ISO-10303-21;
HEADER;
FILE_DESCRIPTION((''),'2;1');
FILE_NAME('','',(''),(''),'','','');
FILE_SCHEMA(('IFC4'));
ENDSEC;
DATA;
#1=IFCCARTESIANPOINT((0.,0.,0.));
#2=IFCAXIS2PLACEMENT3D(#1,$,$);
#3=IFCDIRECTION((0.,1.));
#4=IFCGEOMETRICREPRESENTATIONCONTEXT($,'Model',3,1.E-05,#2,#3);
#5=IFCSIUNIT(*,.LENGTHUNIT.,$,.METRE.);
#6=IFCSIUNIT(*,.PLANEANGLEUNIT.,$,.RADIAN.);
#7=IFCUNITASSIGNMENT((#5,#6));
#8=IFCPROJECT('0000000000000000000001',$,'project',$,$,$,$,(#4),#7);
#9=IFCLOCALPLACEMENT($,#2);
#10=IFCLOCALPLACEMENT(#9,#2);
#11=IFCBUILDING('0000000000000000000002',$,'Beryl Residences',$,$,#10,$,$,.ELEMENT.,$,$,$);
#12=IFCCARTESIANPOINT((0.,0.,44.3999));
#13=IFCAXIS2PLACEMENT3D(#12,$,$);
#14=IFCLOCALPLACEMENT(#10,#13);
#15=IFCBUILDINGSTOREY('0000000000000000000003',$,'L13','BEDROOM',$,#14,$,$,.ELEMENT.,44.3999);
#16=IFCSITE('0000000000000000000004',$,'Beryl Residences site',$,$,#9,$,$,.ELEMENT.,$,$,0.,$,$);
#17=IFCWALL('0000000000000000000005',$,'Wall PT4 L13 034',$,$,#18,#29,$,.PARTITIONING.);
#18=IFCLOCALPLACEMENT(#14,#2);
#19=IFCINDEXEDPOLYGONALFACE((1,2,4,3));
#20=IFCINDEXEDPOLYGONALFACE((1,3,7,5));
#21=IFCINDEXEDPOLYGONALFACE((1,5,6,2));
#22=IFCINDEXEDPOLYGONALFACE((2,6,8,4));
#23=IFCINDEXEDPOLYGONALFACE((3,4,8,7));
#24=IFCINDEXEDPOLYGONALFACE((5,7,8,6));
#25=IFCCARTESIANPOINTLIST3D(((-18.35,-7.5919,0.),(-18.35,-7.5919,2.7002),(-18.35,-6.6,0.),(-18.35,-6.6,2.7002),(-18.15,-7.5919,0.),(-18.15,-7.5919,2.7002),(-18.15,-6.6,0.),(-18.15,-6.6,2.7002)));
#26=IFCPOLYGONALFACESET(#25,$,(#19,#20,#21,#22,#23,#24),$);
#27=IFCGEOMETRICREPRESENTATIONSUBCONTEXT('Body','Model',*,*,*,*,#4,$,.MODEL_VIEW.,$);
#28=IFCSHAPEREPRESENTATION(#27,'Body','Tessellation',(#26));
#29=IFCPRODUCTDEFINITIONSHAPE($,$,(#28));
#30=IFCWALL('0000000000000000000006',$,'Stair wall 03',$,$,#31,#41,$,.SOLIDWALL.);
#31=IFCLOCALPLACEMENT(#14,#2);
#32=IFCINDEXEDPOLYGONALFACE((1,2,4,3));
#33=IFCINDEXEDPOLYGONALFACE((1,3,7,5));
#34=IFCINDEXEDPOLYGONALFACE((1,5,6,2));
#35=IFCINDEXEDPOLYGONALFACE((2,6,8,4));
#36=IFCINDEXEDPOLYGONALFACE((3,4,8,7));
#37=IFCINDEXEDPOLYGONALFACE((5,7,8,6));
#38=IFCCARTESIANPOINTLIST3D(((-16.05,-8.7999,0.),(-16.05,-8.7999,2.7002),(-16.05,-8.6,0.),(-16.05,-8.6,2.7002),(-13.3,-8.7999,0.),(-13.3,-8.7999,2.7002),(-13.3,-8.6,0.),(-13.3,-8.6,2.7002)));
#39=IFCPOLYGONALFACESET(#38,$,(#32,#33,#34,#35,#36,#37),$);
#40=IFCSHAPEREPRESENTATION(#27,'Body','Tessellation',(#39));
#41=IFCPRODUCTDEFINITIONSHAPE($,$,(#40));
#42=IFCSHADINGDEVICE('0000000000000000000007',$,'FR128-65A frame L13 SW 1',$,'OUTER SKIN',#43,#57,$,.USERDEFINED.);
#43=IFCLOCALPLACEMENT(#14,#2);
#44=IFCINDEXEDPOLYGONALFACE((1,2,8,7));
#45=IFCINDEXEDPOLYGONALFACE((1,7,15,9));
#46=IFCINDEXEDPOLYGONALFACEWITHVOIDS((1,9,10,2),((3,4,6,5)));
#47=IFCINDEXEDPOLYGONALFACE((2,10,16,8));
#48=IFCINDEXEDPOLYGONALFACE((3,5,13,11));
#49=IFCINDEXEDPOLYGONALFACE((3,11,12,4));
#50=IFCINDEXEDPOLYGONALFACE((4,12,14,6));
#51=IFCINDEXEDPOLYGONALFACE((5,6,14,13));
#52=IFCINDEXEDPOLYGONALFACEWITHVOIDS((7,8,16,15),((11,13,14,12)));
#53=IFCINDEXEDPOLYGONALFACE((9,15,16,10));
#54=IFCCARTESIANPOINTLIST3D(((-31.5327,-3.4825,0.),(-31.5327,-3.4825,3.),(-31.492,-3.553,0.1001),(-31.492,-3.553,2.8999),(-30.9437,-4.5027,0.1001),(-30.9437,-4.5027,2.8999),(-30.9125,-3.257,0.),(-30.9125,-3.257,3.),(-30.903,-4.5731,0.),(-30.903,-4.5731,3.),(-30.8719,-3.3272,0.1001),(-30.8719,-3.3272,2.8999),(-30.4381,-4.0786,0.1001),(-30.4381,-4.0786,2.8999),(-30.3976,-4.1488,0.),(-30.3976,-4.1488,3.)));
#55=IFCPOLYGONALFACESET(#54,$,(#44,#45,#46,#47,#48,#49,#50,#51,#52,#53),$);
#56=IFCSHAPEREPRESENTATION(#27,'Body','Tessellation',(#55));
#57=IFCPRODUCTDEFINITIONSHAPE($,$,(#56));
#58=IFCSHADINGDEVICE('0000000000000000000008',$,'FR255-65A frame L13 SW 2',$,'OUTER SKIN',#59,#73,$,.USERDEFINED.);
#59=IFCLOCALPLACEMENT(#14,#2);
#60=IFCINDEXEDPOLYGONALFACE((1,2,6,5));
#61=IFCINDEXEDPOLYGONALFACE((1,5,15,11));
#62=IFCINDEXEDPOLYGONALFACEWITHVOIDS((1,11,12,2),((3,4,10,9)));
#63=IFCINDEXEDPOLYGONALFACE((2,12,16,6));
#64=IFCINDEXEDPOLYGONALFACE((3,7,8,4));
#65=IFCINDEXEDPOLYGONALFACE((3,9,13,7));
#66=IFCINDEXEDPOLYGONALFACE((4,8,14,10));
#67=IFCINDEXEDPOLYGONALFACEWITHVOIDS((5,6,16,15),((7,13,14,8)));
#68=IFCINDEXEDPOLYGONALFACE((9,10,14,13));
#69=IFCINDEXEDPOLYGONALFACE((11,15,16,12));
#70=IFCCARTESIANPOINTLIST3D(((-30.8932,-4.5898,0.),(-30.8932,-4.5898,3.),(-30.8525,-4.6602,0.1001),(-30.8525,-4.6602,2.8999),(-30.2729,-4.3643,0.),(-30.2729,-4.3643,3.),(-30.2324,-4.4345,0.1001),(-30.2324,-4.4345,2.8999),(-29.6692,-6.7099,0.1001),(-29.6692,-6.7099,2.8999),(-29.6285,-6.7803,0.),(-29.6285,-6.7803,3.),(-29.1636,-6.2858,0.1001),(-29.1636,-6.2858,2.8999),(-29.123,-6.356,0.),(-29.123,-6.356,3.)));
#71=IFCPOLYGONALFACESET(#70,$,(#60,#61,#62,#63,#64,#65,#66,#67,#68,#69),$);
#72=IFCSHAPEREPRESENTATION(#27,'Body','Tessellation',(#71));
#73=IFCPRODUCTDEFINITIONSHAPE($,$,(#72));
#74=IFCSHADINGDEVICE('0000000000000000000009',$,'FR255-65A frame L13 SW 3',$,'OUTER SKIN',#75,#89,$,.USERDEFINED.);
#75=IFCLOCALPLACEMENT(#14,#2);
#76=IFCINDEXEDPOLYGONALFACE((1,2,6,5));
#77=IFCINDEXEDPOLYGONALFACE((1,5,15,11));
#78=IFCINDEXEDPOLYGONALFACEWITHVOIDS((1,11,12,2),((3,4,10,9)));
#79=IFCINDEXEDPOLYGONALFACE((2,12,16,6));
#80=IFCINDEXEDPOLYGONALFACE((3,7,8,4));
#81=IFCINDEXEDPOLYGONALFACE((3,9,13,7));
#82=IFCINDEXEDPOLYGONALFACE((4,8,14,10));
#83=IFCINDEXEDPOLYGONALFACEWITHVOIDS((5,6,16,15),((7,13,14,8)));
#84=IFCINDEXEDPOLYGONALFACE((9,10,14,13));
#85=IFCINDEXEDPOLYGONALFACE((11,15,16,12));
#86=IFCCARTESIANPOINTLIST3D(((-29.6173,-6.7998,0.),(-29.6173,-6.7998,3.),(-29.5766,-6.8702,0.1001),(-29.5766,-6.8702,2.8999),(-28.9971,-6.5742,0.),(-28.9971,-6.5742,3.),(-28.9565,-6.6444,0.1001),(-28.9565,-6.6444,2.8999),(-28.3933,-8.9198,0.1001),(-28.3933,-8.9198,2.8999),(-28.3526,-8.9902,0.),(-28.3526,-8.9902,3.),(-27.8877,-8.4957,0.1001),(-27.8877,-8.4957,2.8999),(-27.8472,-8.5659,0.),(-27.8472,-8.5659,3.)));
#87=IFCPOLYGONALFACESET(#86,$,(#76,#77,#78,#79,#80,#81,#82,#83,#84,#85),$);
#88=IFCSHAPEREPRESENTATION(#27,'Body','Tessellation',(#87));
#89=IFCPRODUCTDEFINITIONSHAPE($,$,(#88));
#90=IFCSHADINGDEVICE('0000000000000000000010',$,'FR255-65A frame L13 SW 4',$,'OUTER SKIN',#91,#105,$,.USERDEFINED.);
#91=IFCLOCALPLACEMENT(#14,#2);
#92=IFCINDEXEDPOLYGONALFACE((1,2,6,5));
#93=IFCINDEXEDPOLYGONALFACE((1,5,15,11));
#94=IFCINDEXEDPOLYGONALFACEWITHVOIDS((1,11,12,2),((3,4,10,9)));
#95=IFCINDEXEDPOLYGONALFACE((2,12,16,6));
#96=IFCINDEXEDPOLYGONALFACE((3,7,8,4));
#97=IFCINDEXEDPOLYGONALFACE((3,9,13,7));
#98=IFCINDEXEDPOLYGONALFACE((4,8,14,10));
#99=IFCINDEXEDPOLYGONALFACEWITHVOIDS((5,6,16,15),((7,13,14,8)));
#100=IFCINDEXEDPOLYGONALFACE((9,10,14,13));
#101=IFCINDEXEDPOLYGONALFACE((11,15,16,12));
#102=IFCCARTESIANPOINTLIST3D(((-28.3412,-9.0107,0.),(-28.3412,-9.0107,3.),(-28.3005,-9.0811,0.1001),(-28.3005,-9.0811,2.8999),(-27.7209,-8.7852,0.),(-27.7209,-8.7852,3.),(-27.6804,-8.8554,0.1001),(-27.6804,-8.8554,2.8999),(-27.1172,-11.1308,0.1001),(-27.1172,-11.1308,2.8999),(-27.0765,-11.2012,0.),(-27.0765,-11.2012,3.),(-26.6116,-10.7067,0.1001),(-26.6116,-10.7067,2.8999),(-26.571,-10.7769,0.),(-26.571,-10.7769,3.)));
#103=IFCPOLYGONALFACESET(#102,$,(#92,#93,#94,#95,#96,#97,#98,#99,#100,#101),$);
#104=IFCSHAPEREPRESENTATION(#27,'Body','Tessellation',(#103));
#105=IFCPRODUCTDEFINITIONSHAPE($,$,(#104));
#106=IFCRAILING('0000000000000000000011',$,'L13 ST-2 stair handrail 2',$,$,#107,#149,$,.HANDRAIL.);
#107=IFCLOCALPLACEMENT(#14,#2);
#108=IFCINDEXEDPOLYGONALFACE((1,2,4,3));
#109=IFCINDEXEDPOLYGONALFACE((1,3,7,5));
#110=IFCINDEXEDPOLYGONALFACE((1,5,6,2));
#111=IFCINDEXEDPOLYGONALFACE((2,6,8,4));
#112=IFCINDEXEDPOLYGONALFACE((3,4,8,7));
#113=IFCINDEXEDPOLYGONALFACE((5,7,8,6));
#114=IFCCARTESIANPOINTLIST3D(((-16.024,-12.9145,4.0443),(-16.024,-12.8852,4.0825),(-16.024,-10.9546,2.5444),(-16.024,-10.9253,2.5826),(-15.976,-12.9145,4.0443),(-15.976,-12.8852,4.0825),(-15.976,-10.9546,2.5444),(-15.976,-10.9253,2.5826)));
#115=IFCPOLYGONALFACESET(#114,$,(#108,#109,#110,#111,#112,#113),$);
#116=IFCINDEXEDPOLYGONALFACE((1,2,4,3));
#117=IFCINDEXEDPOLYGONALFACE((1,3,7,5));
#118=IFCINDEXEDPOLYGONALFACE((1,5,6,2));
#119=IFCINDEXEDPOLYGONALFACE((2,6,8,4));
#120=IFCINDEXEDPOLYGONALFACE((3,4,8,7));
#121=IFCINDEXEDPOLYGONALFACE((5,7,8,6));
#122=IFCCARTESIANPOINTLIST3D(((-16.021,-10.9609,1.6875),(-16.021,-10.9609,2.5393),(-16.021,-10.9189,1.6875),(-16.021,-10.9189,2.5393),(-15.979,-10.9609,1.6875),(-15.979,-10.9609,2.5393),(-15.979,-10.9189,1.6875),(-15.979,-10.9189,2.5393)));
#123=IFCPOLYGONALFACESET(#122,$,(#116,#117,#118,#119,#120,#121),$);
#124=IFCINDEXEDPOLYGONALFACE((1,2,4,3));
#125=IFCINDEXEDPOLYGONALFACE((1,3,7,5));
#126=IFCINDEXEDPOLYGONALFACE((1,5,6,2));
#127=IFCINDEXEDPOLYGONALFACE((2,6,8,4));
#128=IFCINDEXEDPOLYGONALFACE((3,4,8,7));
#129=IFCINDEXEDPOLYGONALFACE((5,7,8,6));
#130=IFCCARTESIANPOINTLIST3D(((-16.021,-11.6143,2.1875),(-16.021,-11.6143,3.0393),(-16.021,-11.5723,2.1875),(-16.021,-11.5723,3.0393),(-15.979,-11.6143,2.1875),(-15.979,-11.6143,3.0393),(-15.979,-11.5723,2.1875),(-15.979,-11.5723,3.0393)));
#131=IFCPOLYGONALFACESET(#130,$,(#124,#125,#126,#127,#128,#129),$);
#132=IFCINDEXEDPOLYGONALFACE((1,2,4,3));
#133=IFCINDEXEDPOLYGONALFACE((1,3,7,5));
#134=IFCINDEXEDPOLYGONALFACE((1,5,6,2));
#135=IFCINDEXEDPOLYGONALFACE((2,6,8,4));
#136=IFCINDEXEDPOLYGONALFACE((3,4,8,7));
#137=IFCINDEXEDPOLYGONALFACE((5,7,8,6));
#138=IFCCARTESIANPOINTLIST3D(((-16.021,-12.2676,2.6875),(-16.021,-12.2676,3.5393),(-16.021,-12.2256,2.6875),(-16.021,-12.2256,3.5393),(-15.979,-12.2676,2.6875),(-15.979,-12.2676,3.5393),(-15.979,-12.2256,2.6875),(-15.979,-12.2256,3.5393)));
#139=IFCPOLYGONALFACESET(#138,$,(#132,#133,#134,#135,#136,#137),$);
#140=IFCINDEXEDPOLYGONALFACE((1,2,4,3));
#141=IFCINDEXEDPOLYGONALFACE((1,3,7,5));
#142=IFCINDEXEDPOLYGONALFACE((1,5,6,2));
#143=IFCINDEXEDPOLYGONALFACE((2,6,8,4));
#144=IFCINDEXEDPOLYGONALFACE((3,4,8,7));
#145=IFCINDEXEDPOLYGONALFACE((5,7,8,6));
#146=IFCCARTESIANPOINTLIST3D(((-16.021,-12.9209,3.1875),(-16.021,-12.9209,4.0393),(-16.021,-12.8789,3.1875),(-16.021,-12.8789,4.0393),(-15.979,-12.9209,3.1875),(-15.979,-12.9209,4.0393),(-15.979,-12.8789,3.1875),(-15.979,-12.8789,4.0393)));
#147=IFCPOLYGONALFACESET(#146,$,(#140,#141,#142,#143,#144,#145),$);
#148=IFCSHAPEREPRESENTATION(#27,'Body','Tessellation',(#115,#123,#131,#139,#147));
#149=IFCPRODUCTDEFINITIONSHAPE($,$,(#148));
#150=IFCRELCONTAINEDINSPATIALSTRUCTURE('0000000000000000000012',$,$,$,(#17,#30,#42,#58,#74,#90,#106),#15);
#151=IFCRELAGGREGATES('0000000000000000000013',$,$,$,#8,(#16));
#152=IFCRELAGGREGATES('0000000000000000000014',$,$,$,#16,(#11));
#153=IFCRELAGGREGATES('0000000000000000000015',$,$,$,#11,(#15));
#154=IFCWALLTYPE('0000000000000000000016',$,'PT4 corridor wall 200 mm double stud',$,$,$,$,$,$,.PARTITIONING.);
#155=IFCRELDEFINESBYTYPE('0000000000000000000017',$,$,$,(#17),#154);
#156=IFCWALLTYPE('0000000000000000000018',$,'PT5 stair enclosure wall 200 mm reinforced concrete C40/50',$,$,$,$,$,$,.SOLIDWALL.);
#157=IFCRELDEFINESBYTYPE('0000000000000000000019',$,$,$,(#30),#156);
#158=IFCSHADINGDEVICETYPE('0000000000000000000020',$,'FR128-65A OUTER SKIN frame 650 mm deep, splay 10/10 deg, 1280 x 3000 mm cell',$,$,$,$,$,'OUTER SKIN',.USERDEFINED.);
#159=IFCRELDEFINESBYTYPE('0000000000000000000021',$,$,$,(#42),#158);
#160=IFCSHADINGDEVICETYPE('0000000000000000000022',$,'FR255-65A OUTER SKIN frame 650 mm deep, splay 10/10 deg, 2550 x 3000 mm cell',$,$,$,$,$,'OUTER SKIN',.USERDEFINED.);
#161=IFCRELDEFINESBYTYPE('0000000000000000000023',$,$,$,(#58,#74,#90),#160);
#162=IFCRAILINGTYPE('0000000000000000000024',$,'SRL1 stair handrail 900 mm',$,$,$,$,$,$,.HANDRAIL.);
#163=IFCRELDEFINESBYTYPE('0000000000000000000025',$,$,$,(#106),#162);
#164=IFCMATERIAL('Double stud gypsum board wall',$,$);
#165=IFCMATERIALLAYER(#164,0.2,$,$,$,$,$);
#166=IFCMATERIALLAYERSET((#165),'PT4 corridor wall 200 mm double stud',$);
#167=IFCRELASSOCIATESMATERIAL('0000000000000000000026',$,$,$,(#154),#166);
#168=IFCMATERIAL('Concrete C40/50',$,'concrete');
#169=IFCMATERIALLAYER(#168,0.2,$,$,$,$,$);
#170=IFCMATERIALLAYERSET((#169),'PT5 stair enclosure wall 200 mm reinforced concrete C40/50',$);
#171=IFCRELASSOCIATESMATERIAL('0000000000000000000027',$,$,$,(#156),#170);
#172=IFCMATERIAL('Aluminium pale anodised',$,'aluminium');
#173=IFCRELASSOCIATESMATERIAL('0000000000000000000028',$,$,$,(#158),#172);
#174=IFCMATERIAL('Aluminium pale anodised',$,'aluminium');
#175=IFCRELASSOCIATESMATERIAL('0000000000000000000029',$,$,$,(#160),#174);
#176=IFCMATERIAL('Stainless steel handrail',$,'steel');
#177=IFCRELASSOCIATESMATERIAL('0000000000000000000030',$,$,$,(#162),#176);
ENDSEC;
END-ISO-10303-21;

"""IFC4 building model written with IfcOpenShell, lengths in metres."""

from ifc_helpers import new_model, entity, si_unit, direction, frame, frame_2d, origin, origin_2d, place, context, subcontext, project, spatial, rectangle, extrude, source, transform, mapped, material, layer, layer_set, type_object, type_shapes, element, save


model = new_model("IFC4")

# Units and contexts
model_context = context("Model", 3, precision=1e-05, world=origin(), true_north=direction((0.0, 1.0)))
body_context = subcontext(model_context, "Body", "Model", "MODEL_VIEW")
ifc_project = project(units=[si_unit("LENGTHUNIT", "METRE"), si_unit("PLANEANGLEUNIT", "RADIAN")], contexts=[model_context])

# Site, building, storey
site_placement = place(None, origin())
site = spatial("IfcSite", under=ifc_project, at=site_placement, Name="Beryl Residences site", CompositionType="ELEMENT", RefElevation=0.0)
building_placement = place(site_placement, origin())
building = spatial("IfcBuilding", under=site, at=building_placement, Name="Beryl Residences", CompositionType="ELEMENT")
storey_placement = place(building_placement, frame((0.0, 0.0, 44.3999)))
storey = spatial("IfcBuildingStorey", under=building, at=storey_placement, Name="L13", Description="BEDROOM", CompositionType="ELEMENT", Elevation=44.3999)

# Shared definitions
ifc_material_1 = material(Name="Double stud gypsum board wall")
ifc_layer_1 = layer(ifc_material_1, 0.2)
ifc_layer_set_1 = layer_set([ifc_layer_1], Name="PT4 corridor wall 200 mm double stud")
wall_type_1 = type_object("IfcWallType", Name="PT4 corridor wall 200 mm double stud", PredefinedType="PARTITIONING", material=ifc_layer_set_1)

# Walls
wall_1_placement = place(storey_placement, frame((-18.25, -7.592, 0.0), z_axis=(0.0, 0.0, 1.0), x_axis=(0.0, 1.0, 0.0)))
element("IfcWall", 1, at=wall_1_placement, inside=storey, type_object=wall_type_1, Name="Wall PT4 L13 034", PredefinedType="PARTITIONING", context=body_context, shape_type="SweptSolid", body=[
    extrude(rectangle(XDim=0.9919, YDim=0.2, at=frame_2d((0.4961, 0.0))), origin(), (0.0, 0.0, 1.0), 2.7002),
])
ifc_material_2 = material(Name="Concrete C40/50", Category="concrete")
ifc_layer_2 = layer(ifc_material_2, 0.2)
ifc_layer_set_2 = layer_set([ifc_layer_2], Name="PT5 stair enclosure wall 200 mm reinforced concrete C40/50")
wall_type_2 = type_object("IfcWallType", Name="PT5 stair enclosure wall 200 mm reinforced concrete C40/50", PredefinedType="SOLIDWALL", material=ifc_layer_set_2)
wall_2_placement = place(storey_placement, frame((-16.05, -8.7, 0.0), z_axis=(0.0, 0.0, 1.0), x_axis=(1.0, 0.0, 0.0)))
element("IfcWall", 2, at=wall_2_placement, inside=storey, type_object=wall_type_2, Name="Stair wall 03", PredefinedType="SOLIDWALL", context=body_context, shape_type="SweptSolid", body=[
    extrude(rectangle(XDim=2.75, YDim=0.2, at=frame_2d((1.375, 0.0))), origin(), (0.0, 0.0, 1.0), 2.7002),
])

# Shading devices
ifc_material_3 = material(Name="Aluminium pale anodised", Category="aluminium")
shading_device_type_1 = type_object("IfcShadingDeviceType", Name="FR128-65A OUTER SKIN frame 650 mm deep, splay 10/10 deg, 1280 x 3000 mm cell", ElementType="OUTER SKIN", PredefinedType="USERDEFINED", material=ifc_material_3)
cartesian_point_1 = entity("IfcCartesianPoint", [-0.5149, 0.0])
cartesian_point_2 = entity("IfcCartesianPoint", [-0.4338, 0.1001])
cartesian_point_3 = entity("IfcCartesianPoint", [-0.6296, 0.0])
cartesian_point_4 = entity("IfcCartesianPoint", [-0.5483, 0.1001])
shared_shape_1 = source(origin(), body_context, "Body", "SweptSolid", [
    entity("IfcExtrudedAreaSolidTapered", entity("IfcArbitraryProfileDefWithVoids", "AREA", None, entity("IfcPolyline", [cartesian_point_1, entity("IfcCartesianPoint", [0.5149, 0.0]), entity("IfcCartesianPoint", [0.5149, 3.0]), entity("IfcCartesianPoint", [-0.5149, 3.0]), cartesian_point_1]), [entity("IfcPolyline", [cartesian_point_2, entity("IfcCartesianPoint", [0.4338, 0.1001]), entity("IfcCartesianPoint", [0.4338, 2.8999]), entity("IfcCartesianPoint", [-0.4338, 2.8999]), cartesian_point_2])]), entity("IfcAxis2Placement3D", entity("IfcCartesianPoint", [0.0, 0.0, 0.0]), entity("IfcDirection", [0.0, 1.0, 0.0]), entity("IfcDirection", [-1.0, 0.0, 0.0])), entity("IfcDirection", [0.0, 0.0, 1.0]), 0.6499, entity("IfcArbitraryProfileDefWithVoids", "AREA", None, entity("IfcPolyline", [cartesian_point_3, entity("IfcCartesianPoint", [0.6296, 0.0]), entity("IfcCartesianPoint", [0.6296, 3.0]), entity("IfcCartesianPoint", [-0.6296, 3.0]), cartesian_point_3]), [entity("IfcPolyline", [cartesian_point_4, entity("IfcCartesianPoint", [0.5483, 0.1001]), entity("IfcCartesianPoint", [0.5483, 2.8999]), entity("IfcCartesianPoint", [-0.5483, 2.8999]), cartesian_point_4])])),
])
type_shapes(shading_device_type_1, [shared_shape_1])
shading_device_placement = place(storey_placement, frame((-30.655, -3.7029, 0.0), z_axis=(0.0, 0.0, 1.0), x_axis=(-0.5, 0.866025, 0.0)))
element("IfcShadingDevice", 3, at=shading_device_placement, inside=storey, type_object=shading_device_type_1, Name="FR128-65A frame L13 SW 1", ObjectType="OUTER SKIN", PredefinedType="USERDEFINED", context=body_context, shape_type="MappedRepresentation", body=[
    mapped(shared_shape_1, transform((0.0, 0.0, 0.0))),
])
ifc_material_4 = material(Name="Aluminium pale anodised", Category="aluminium")
shading_device_type_2 = type_object("IfcShadingDeviceType", Name="FR255-65A OUTER SKIN frame 650 mm deep, splay 10/10 deg, 2550 x 3000 mm cell", ElementType="OUTER SKIN", PredefinedType="USERDEFINED", material=ifc_material_4)
cartesian_point_5 = entity("IfcCartesianPoint", [-1.1499, 0.0])
cartesian_point_6 = entity("IfcCartesianPoint", [-1.0688, 0.1001])
cartesian_point_7 = entity("IfcCartesianPoint", [-1.2646, 0.0])
cartesian_point_8 = entity("IfcCartesianPoint", [-1.1833, 0.1001])
shared_shape_2 = source(origin(), body_context, "Body", "SweptSolid", [
    entity("IfcExtrudedAreaSolidTapered", entity("IfcArbitraryProfileDefWithVoids", "AREA", None, entity("IfcPolyline", [cartesian_point_5, entity("IfcCartesianPoint", [1.1499, 0.0]), entity("IfcCartesianPoint", [1.1499, 3.0]), entity("IfcCartesianPoint", [-1.1499, 3.0]), cartesian_point_5]), [entity("IfcPolyline", [cartesian_point_6, entity("IfcCartesianPoint", [1.0688, 0.1001]), entity("IfcCartesianPoint", [1.0688, 2.8999]), entity("IfcCartesianPoint", [-1.0688, 2.8999]), cartesian_point_6])]), entity("IfcAxis2Placement3D", entity("IfcCartesianPoint", [0.0, 0.0, 0.0]), entity("IfcDirection", [0.0, 1.0, 0.0]), entity("IfcDirection", [-1.0, 0.0, 0.0])), entity("IfcDirection", [0.0, 0.0, 1.0]), 0.6499, entity("IfcArbitraryProfileDefWithVoids", "AREA", None, entity("IfcPolyline", [cartesian_point_7, entity("IfcCartesianPoint", [1.2646, 0.0]), entity("IfcCartesianPoint", [1.2646, 3.0]), entity("IfcCartesianPoint", [-1.2646, 3.0]), cartesian_point_7]), [entity("IfcPolyline", [cartesian_point_8, entity("IfcCartesianPoint", [1.1833, 0.1001]), entity("IfcCartesianPoint", [1.1833, 2.8999]), entity("IfcCartesianPoint", [-1.1833, 2.8999]), cartesian_point_8])])),
])
type_shapes(shading_device_type_2, [shared_shape_2])
for number, where, z_axis, x_axis, name in (
    (4, (-29.698, -5.3601, 0.0), (0.0, 0.0, 1.0), (-0.5, 0.866025, 0.0), "FR255-65A frame L13 SW 2"),
    (5, (-28.4221, -7.5701, 0.0), (0.0, 0.0, 1.0), (-0.5, 0.866025, 0.0), "FR255-65A frame L13 SW 3"),
    (6, (-27.146, -9.781, 0.0), (0.0, 0.0, 1.0), (-0.5, 0.866025, 0.0), "FR255-65A frame L13 SW 4"),
):
    element("IfcShadingDevice", number, at=place(storey_placement, frame(where, z_axis=z_axis, x_axis=x_axis)), inside=storey, type_object=shading_device_type_2, Name=name, ObjectType="OUTER SKIN", PredefinedType="USERDEFINED", context=body_context, shape_type="MappedRepresentation", body=[
        mapped(shared_shape_2, transform((0.0, 0.0, 0.0))),
    ])

# Railing
ifc_material_5 = material(Name="Stainless steel handrail", Category="steel")
railing_type = type_object("IfcRailingType", Name="SRL1 stair handrail 900 mm", PredefinedType="HANDRAIL", material=ifc_material_5)
railing_placement = place(storey_placement, frame((-16.0, -10.9399, 1.6875)))
element("IfcRailing", 7, at=railing_placement, inside=storey, type_object=railing_type, Name="L13 ST-2 stair handrail 2", PredefinedType="HANDRAIL", context=body_context, shape_type="SweptSolid", body=[
    extrude(rectangle(XDim=0.0481, YDim=0.0481, at=origin_2d()), frame((0.0, 0.0, 0.876), z_axis=(0.0, -0.794122, 0.607758), x_axis=(1.0, 0.0, 0.0)), (0.0, 0.0, 1.0), 2.468),
    extrude(rectangle(XDim=0.042, YDim=0.042, at=origin_2d()), origin(), (0.0, 0.0, 1.0), 0.8518),
    extrude(rectangle(XDim=0.042, YDim=0.042, at=origin_2d()), frame((0.0, -0.6533, 0.5)), (0.0, 0.0, 1.0), 0.8518),
    extrude(rectangle(XDim=0.042, YDim=0.042, at=origin_2d()), frame((0.0, -1.3066, 1.0)), (0.0, 0.0, 1.0), 0.8518),
    extrude(rectangle(XDim=0.042, YDim=0.042, at=origin_2d()), frame((0.0, -1.96, 1.5)), (0.0, 0.0, 1.0), 0.8518),
])

save(model, "model.ifc")
